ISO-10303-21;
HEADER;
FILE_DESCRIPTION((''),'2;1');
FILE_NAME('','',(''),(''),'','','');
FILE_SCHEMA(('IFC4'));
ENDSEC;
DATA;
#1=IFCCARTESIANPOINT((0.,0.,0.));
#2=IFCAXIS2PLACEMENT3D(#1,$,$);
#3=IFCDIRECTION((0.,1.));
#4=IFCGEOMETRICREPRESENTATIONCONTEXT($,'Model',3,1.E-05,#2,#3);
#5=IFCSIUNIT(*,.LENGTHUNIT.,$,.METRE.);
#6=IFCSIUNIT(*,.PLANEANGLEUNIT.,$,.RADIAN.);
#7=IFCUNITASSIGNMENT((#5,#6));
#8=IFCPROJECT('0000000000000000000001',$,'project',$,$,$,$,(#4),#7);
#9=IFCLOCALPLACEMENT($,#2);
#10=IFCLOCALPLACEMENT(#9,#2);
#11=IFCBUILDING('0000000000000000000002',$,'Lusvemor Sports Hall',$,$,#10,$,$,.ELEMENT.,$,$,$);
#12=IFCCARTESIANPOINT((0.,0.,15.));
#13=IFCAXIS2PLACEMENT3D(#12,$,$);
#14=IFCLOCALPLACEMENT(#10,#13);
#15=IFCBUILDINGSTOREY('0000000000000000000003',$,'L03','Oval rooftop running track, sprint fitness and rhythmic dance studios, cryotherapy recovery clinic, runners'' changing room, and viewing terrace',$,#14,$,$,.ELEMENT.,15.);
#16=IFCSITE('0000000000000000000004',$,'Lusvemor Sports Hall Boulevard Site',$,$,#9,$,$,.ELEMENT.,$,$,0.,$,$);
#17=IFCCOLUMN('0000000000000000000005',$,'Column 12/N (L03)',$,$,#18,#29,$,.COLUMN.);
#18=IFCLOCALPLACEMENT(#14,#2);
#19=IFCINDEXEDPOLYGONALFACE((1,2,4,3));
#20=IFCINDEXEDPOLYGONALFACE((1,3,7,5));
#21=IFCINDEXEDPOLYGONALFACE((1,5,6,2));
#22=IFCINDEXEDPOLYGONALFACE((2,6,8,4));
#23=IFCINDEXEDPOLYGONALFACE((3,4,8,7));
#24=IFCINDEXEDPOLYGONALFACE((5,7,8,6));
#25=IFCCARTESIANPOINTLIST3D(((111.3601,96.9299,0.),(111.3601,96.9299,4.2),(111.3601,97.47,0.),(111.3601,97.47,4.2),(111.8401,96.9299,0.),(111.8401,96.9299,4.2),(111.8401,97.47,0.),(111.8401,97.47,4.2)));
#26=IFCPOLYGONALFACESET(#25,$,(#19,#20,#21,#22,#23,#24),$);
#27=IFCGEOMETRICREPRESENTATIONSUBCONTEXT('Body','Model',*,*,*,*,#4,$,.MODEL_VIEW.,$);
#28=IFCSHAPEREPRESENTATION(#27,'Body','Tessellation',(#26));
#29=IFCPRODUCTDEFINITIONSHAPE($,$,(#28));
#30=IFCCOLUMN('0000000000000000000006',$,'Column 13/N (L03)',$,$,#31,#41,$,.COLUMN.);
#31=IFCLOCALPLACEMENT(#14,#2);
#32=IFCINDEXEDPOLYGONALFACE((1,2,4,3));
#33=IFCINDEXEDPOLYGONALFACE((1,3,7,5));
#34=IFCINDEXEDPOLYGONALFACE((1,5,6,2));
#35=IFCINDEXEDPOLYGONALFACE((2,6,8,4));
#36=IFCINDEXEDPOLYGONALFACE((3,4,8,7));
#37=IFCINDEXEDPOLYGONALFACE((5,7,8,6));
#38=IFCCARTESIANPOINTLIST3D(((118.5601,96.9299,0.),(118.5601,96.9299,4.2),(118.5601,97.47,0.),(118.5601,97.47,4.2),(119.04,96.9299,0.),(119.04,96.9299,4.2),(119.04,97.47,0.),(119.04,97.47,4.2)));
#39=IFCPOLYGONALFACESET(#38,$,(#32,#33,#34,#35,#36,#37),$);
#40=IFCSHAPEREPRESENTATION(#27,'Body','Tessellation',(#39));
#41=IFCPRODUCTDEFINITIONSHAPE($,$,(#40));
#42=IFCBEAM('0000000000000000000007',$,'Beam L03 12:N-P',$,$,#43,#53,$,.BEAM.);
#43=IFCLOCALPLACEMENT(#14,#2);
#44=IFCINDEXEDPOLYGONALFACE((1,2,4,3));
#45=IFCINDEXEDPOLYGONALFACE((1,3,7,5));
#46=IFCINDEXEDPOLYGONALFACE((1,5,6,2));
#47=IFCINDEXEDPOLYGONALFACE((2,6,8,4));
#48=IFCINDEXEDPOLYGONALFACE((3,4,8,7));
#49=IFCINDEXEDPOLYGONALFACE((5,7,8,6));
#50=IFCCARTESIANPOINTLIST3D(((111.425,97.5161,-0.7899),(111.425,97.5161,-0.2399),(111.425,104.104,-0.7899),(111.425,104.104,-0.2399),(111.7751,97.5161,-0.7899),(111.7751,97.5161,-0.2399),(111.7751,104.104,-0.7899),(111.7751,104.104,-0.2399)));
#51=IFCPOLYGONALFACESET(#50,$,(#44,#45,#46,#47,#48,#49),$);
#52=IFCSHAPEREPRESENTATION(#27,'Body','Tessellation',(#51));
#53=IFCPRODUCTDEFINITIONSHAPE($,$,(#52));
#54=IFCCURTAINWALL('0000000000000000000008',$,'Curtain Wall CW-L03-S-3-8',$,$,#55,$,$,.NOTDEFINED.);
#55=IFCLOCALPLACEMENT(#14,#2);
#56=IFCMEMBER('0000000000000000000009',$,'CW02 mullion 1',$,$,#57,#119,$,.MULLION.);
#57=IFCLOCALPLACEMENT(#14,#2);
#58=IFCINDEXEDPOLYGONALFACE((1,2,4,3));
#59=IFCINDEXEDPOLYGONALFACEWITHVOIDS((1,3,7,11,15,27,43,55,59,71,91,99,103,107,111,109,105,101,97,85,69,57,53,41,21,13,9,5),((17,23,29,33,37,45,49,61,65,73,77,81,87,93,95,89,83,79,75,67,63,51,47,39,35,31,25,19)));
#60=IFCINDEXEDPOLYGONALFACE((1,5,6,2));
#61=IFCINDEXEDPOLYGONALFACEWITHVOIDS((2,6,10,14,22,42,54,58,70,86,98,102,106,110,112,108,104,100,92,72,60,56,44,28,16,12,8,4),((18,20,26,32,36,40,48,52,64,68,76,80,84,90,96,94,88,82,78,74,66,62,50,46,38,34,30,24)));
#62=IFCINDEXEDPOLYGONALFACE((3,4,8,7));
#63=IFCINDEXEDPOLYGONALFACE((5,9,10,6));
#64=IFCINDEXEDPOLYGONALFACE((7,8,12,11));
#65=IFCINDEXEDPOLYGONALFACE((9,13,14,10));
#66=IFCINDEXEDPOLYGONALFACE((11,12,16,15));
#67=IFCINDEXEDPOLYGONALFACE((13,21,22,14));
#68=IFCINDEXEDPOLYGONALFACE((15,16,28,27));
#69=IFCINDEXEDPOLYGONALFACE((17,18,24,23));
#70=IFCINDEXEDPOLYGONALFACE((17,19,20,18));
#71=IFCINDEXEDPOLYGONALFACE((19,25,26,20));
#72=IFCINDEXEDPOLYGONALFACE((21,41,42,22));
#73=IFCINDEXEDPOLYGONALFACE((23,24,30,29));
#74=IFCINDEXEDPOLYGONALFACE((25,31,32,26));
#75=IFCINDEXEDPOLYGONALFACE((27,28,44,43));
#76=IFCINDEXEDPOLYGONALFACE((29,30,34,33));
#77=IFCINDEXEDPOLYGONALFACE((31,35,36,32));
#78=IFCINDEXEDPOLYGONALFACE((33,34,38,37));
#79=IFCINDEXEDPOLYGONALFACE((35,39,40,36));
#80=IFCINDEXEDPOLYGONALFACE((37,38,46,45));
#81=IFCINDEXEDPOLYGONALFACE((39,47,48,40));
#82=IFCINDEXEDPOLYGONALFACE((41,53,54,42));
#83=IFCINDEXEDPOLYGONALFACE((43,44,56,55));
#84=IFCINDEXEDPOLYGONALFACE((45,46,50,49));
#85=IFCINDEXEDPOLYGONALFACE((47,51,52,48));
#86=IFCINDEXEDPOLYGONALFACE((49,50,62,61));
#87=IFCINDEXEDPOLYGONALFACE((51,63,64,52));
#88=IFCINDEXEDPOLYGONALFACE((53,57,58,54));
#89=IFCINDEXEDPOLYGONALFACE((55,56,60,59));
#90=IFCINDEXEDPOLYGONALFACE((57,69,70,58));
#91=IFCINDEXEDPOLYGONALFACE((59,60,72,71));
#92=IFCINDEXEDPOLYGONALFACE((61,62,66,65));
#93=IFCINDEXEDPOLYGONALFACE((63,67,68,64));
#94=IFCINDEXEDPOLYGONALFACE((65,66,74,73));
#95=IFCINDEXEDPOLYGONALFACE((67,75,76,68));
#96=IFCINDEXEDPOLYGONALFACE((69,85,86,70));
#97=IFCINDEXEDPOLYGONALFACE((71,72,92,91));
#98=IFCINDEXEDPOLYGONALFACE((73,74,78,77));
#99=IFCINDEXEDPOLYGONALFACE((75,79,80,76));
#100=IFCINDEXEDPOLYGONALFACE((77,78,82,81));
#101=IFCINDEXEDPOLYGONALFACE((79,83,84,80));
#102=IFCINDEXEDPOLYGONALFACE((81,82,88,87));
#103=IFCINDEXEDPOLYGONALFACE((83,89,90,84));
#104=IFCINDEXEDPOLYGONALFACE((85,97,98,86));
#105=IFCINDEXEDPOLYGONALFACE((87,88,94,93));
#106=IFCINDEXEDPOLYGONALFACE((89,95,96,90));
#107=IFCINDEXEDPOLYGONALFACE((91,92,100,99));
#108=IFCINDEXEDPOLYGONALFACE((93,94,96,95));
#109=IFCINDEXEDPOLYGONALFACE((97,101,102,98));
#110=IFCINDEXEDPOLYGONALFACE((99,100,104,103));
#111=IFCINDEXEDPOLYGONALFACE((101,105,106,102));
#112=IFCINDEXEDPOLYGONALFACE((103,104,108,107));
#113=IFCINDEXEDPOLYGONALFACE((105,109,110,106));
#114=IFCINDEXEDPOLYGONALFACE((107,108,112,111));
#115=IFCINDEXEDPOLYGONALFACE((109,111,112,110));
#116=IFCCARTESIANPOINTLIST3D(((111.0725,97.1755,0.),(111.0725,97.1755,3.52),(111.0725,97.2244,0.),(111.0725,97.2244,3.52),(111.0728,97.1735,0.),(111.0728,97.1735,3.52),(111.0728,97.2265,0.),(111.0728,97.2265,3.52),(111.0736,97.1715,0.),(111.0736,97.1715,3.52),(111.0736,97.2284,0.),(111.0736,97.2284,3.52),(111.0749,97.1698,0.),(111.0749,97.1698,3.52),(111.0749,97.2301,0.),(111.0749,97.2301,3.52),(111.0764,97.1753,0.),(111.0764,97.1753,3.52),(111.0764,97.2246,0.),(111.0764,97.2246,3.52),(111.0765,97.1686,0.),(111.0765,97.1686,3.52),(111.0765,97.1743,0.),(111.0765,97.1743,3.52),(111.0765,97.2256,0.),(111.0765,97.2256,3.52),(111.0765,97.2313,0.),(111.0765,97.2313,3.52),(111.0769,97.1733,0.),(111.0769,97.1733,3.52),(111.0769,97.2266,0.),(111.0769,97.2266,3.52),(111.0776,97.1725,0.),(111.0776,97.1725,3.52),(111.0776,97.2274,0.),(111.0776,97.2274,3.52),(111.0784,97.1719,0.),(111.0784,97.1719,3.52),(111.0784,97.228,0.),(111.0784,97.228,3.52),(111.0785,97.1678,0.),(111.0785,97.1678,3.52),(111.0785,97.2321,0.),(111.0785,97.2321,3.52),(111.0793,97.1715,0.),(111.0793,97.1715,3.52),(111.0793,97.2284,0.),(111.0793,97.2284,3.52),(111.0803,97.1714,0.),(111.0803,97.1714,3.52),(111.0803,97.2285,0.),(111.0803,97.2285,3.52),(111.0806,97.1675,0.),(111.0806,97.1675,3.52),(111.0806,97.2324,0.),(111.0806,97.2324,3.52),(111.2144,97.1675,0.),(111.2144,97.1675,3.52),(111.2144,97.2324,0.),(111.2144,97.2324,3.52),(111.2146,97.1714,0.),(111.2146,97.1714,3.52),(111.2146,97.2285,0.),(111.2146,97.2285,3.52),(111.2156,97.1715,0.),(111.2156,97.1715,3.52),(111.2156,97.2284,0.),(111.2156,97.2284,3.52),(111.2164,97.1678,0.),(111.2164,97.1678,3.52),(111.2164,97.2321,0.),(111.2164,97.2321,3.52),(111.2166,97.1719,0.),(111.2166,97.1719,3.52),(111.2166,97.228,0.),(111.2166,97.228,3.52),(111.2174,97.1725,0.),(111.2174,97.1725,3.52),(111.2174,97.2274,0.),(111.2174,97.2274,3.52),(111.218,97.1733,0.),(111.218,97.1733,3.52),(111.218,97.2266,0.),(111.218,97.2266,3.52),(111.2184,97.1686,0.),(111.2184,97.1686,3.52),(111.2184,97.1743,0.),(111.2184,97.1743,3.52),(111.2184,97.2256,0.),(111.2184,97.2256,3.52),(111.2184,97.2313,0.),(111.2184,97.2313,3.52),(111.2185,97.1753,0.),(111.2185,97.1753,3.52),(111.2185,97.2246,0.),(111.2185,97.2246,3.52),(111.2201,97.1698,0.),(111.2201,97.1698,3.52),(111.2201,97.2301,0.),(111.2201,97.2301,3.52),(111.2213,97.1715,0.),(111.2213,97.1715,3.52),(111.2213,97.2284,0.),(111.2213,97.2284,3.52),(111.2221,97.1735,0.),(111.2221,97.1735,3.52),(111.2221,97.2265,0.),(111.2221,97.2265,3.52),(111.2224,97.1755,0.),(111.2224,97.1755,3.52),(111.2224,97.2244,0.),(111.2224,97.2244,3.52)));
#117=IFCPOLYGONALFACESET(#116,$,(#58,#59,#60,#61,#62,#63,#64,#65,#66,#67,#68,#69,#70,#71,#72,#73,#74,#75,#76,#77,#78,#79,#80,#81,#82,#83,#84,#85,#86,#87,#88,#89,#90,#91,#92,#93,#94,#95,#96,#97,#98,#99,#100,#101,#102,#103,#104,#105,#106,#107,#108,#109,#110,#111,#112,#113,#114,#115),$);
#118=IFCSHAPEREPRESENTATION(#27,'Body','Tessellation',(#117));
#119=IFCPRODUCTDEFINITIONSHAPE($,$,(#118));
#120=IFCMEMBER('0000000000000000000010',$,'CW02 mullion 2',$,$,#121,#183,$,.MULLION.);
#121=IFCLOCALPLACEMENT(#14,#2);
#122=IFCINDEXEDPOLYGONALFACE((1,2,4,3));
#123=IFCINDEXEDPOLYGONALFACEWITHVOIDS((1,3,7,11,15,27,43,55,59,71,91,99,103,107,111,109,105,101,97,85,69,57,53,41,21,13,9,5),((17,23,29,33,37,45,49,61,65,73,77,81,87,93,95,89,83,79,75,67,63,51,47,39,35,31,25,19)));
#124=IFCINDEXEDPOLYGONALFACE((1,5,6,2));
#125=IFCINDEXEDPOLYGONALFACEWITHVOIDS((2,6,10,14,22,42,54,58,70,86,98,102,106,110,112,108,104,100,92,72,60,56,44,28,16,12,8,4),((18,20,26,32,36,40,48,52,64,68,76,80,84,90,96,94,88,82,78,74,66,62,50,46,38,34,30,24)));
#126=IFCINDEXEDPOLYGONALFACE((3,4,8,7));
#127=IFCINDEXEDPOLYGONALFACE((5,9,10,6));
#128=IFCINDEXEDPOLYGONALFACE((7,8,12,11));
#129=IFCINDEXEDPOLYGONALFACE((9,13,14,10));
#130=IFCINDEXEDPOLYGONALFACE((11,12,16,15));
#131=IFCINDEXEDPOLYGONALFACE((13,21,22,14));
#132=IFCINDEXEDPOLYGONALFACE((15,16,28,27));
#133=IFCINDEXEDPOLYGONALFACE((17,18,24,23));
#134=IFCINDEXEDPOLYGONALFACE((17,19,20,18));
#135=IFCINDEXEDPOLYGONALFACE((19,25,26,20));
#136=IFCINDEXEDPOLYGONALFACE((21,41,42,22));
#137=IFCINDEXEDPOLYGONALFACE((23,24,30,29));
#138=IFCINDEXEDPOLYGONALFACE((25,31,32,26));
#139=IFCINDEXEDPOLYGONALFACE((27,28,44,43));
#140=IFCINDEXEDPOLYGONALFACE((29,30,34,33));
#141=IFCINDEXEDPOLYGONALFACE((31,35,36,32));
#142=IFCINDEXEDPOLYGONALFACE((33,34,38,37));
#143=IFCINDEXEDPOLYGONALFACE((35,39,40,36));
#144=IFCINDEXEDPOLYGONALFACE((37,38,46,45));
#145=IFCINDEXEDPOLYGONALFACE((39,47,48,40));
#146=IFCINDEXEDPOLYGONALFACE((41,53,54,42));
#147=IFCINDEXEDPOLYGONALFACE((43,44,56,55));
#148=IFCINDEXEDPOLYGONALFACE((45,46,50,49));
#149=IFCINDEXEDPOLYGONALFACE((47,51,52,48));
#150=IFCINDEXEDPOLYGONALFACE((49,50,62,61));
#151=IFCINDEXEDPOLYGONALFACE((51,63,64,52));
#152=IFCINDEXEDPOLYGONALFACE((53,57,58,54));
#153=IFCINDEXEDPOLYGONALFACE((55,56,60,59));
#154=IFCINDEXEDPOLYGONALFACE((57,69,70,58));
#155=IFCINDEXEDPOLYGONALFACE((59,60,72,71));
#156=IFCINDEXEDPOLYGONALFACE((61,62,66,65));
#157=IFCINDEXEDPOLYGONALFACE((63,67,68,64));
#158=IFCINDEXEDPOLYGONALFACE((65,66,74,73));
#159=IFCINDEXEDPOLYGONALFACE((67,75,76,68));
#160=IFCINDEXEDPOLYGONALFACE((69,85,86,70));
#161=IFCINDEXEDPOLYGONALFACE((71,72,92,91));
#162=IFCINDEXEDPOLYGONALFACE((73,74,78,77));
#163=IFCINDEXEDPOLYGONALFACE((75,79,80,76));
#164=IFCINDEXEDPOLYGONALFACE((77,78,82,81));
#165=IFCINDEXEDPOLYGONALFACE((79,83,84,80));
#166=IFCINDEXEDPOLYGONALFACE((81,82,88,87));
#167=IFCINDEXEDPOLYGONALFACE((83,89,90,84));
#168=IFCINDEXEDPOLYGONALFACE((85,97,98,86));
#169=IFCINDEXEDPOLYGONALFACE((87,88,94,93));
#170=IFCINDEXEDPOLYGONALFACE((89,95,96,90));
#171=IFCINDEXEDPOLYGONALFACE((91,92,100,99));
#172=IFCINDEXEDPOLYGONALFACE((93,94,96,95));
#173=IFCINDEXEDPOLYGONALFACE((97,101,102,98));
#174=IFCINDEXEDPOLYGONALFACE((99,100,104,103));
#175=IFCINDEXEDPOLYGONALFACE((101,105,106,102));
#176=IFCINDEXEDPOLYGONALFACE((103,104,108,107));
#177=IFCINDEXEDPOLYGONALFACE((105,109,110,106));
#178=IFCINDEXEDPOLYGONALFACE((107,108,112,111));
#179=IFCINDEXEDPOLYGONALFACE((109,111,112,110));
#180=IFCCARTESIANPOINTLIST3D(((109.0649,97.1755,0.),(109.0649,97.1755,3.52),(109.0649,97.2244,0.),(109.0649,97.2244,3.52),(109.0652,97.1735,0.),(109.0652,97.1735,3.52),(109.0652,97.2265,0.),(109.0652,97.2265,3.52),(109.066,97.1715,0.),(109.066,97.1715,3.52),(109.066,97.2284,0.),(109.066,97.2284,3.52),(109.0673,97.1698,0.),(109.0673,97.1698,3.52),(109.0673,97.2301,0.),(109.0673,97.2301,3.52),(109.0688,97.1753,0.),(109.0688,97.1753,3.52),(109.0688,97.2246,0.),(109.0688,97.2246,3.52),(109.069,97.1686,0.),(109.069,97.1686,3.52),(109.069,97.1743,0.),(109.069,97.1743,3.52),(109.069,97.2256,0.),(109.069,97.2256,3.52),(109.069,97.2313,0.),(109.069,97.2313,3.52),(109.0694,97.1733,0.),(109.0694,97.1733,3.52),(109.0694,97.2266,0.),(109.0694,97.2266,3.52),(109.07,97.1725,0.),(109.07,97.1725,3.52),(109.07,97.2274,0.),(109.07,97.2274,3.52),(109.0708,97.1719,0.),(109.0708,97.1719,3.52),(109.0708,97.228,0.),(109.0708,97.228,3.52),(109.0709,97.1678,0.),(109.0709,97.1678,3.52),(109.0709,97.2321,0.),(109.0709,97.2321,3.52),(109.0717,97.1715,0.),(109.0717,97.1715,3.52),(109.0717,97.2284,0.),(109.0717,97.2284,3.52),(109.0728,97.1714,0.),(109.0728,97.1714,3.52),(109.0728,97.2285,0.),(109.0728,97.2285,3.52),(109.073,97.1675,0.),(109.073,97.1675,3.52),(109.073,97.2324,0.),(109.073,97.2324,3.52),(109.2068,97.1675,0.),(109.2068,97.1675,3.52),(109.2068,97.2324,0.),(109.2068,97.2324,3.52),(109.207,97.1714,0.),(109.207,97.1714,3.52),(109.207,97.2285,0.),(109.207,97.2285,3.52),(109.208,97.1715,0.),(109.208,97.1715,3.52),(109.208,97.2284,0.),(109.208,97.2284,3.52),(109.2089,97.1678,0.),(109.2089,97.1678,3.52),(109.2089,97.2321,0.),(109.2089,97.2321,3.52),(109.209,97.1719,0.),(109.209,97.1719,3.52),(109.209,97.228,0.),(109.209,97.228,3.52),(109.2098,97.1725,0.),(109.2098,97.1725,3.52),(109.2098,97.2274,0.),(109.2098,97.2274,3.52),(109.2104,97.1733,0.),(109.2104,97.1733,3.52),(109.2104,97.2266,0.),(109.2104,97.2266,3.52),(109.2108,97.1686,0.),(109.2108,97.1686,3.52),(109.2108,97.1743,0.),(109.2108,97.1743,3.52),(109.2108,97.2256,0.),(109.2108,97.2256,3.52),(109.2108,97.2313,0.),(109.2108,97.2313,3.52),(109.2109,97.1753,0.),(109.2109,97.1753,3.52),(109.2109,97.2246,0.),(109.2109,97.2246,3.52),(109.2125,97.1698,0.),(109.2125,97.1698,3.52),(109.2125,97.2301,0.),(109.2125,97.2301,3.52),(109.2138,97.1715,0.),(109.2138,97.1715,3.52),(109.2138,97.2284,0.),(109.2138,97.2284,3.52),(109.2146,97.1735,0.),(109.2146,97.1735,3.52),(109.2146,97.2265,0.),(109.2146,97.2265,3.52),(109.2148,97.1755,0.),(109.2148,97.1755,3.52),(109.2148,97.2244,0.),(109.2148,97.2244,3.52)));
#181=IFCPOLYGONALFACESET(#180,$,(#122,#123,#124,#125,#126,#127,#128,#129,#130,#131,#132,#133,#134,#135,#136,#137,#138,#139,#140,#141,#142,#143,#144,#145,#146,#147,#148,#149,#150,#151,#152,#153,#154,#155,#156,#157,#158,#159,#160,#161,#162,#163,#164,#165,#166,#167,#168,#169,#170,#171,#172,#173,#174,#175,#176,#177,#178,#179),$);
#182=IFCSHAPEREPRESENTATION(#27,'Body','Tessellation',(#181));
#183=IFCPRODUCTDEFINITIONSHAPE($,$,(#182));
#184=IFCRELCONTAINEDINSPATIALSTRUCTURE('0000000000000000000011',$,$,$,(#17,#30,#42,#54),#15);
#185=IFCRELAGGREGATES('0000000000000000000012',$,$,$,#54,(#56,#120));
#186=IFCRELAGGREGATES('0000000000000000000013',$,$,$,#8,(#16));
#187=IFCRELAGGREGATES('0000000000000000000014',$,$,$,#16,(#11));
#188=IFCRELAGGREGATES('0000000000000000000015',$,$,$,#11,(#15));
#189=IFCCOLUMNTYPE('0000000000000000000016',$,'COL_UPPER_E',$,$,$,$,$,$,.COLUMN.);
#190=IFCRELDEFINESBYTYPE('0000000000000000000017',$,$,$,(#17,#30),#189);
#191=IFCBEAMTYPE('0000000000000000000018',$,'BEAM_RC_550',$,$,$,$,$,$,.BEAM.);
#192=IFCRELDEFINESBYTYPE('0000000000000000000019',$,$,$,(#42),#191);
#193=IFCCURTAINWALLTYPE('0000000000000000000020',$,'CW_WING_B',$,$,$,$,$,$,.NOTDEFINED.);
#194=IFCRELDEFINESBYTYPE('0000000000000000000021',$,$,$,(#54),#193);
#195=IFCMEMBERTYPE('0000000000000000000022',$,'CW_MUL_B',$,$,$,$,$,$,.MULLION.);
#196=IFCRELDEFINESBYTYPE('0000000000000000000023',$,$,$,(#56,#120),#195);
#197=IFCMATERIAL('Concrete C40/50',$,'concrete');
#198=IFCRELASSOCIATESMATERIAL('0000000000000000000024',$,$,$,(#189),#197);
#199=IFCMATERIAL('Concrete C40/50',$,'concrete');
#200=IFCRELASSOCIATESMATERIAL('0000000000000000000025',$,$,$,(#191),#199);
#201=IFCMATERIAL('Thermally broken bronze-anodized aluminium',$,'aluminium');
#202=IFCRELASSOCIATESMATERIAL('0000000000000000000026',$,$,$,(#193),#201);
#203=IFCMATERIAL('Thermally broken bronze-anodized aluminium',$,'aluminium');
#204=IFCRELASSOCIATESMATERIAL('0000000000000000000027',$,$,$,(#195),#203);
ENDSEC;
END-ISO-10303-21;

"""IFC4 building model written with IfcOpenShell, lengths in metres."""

from ifc_helpers import new_model, si_unit, direction, frame, origin, origin_2d, place, context, subcontext, project, spatial, rectangle, hollow_rectangle, extrude, material, material_profile, profile_set, type_object, element, aggregate, save


model = new_model("IFC4")

# Units and contexts
model_context = context("Model", 3, precision=1e-05, world=origin(), true_north=direction((0.0, 1.0)))
body_context = subcontext(model_context, "Body", "Model", "MODEL_VIEW")
ifc_project = project(units=[si_unit("LENGTHUNIT", "METRE"), si_unit("PLANEANGLEUNIT", "RADIAN")], contexts=[model_context])

# Site, building, storey
site_placement = place(None, origin())
site = spatial("IfcSite", under=ifc_project, at=site_placement, Name="Lusvemor Sports Hall Boulevard Site", CompositionType="ELEMENT", RefElevation=0.0)
building_placement = place(site_placement, origin())
building = spatial("IfcBuilding", under=site, at=building_placement, Name="Lusvemor Sports Hall", CompositionType="ELEMENT")
storey_placement = place(building_placement, frame((0.0, 0.0, 15.0)))
storey = spatial("IfcBuildingStorey", under=building, at=storey_placement, Name="L03", Description="Oval rooftop running track, sprint fitness and rhythmic dance studios, cryotherapy recovery clinic, runners' changing room, and viewing terrace", CompositionType="ELEMENT", Elevation=15.0)

# Columns
ifc_material_1 = material(Name="Concrete C40/50", Category="concrete")
ifc_material_profile_1 = material_profile(ifc_material_1, rectangle(XDim=0.48, YDim=0.54, at=origin_2d()), Name="RC480x540")
ifc_profile_set_1 = profile_set([ifc_material_profile_1], Name="Concrete C40/50")
column_type = type_object("IfcColumnType", Name="COL_UPPER_E", PredefinedType="COLUMN", material=ifc_profile_set_1)
for number, where, z_axis, x_axis, name in (
    (1, (111.6001, 97.2, 0.0), (0.0, 0.0, 1.0), (1.0, 0.0, 0.0), "Column 12/N (L03)"),
    (2, (118.8, 97.2, 0.0), (0.0, 0.0, 1.0), (1.0, 0.0, 0.0), "Column 13/N (L03)"),
):
    element("IfcColumn", number, at=place(storey_placement, frame(where, z_axis=z_axis, x_axis=x_axis)), inside=storey, type_object=column_type, Name=name, PredefinedType="COLUMN", context=body_context, shape_type="SweptSolid", body=[
        extrude(rectangle(XDim=0.48, YDim=0.54, at=origin_2d()), origin(), (0.0, 0.0, 1.0), 4.2),
    ])

# Beam
ifc_material_2 = material(Name="Concrete C40/50", Category="concrete")
ifc_material_profile_2 = material_profile(ifc_material_2, rectangle(XDim=0.3501, YDim=0.55, at=origin_2d()), Name="RC350x550")
ifc_profile_set_2 = profile_set([ifc_material_profile_2], Name="Concrete C40/50")
beam_type_1 = type_object("IfcBeamType", Name="BEAM_RC_550", PredefinedType="BEAM", material=ifc_profile_set_2)
beam_1_placement = place(storey_placement, frame((111.6001, 97.5161, -0.5149), z_axis=(0.0, 1.0, 0.0), x_axis=(-1.0, 0.0, 0.0)))
element("IfcBeam", 3, at=beam_1_placement, inside=storey, type_object=beam_type_1, Name="Beam L03 12:N-P", PredefinedType="BEAM", context=body_context, shape_type="SweptSolid", body=[
    extrude(rectangle(XDim=0.3501, YDim=0.55, at=origin_2d()), origin(), (0.0, 0.0, 1.0), 6.5879),
])

# Curtain wall, members
ifc_material_3 = material(Name="Thermally broken bronze-anodized aluminium", Category="aluminium")
curtain_wall_type = type_object("IfcCurtainWallType", Name="CW_WING_B", PredefinedType="NOTDEFINED", material=ifc_material_3)
curtain_wall_placement = place(storey_placement, origin())
curtain_wall = element("IfcCurtainWall", 4, at=curtain_wall_placement, inside=storey, type_object=curtain_wall_type, Name="Curtain Wall CW-L03-S-3-8", PredefinedType="NOTDEFINED")
ifc_material_4 = material(Name="Thermally broken bronze-anodized aluminium", Category="aluminium")
ifc_material_profile_3 = material_profile(ifc_material_4, hollow_rectangle(XDim=0.0649, YDim=0.1499, WallThickness=0.0039, InnerFilletRadius=0.0039, OuterFilletRadius=0.0081, at=origin_2d()), Name="CWMUL150x65x4")
ifc_profile_set_3 = profile_set([ifc_material_profile_3], Name="Thermally broken bronze-anodized aluminium")
member_type_1 = type_object("IfcMemberType", Name="CW_MUL_B", PredefinedType="MULLION", material=ifc_profile_set_3)
member_1_placement = place(storey_placement, frame((111.1475, 97.2, 0.0), z_axis=(0.0, 0.0, 1.0), x_axis=(0.0, -1.0, 0.0)))
member_1 = element("IfcMember", 5, at=member_1_placement, type_object=member_type_1, Name="CW02 mullion 1", PredefinedType="MULLION", context=body_context, shape_type="SweptSolid", body=[
    extrude(hollow_rectangle(XDim=0.0649, YDim=0.1499, WallThickness=0.0039, InnerFilletRadius=0.0039, OuterFilletRadius=0.0081, at=origin_2d()), origin(), (0.0, 0.0, 1.0), 3.52),
])
member_2_placement = place(storey_placement, frame((109.1399, 97.2, 0.0), z_axis=(0.0, 0.0, 1.0), x_axis=(0.0, -1.0, 0.0)))
member_2 = element("IfcMember", 6, at=member_2_placement, type_object=member_type_1, Name="CW02 mullion 2", PredefinedType="MULLION", context=body_context, shape_type="SweptSolid", body=[
    extrude(hollow_rectangle(XDim=0.0649, YDim=0.1499, WallThickness=0.0039, InnerFilletRadius=0.0039, OuterFilletRadius=0.0081, at=origin_2d()), origin(), (0.0, 0.0, 1.0), 3.52),
])

aggregate(curtain_wall, [member_1, member_2])

save(model, "model.ifc")
